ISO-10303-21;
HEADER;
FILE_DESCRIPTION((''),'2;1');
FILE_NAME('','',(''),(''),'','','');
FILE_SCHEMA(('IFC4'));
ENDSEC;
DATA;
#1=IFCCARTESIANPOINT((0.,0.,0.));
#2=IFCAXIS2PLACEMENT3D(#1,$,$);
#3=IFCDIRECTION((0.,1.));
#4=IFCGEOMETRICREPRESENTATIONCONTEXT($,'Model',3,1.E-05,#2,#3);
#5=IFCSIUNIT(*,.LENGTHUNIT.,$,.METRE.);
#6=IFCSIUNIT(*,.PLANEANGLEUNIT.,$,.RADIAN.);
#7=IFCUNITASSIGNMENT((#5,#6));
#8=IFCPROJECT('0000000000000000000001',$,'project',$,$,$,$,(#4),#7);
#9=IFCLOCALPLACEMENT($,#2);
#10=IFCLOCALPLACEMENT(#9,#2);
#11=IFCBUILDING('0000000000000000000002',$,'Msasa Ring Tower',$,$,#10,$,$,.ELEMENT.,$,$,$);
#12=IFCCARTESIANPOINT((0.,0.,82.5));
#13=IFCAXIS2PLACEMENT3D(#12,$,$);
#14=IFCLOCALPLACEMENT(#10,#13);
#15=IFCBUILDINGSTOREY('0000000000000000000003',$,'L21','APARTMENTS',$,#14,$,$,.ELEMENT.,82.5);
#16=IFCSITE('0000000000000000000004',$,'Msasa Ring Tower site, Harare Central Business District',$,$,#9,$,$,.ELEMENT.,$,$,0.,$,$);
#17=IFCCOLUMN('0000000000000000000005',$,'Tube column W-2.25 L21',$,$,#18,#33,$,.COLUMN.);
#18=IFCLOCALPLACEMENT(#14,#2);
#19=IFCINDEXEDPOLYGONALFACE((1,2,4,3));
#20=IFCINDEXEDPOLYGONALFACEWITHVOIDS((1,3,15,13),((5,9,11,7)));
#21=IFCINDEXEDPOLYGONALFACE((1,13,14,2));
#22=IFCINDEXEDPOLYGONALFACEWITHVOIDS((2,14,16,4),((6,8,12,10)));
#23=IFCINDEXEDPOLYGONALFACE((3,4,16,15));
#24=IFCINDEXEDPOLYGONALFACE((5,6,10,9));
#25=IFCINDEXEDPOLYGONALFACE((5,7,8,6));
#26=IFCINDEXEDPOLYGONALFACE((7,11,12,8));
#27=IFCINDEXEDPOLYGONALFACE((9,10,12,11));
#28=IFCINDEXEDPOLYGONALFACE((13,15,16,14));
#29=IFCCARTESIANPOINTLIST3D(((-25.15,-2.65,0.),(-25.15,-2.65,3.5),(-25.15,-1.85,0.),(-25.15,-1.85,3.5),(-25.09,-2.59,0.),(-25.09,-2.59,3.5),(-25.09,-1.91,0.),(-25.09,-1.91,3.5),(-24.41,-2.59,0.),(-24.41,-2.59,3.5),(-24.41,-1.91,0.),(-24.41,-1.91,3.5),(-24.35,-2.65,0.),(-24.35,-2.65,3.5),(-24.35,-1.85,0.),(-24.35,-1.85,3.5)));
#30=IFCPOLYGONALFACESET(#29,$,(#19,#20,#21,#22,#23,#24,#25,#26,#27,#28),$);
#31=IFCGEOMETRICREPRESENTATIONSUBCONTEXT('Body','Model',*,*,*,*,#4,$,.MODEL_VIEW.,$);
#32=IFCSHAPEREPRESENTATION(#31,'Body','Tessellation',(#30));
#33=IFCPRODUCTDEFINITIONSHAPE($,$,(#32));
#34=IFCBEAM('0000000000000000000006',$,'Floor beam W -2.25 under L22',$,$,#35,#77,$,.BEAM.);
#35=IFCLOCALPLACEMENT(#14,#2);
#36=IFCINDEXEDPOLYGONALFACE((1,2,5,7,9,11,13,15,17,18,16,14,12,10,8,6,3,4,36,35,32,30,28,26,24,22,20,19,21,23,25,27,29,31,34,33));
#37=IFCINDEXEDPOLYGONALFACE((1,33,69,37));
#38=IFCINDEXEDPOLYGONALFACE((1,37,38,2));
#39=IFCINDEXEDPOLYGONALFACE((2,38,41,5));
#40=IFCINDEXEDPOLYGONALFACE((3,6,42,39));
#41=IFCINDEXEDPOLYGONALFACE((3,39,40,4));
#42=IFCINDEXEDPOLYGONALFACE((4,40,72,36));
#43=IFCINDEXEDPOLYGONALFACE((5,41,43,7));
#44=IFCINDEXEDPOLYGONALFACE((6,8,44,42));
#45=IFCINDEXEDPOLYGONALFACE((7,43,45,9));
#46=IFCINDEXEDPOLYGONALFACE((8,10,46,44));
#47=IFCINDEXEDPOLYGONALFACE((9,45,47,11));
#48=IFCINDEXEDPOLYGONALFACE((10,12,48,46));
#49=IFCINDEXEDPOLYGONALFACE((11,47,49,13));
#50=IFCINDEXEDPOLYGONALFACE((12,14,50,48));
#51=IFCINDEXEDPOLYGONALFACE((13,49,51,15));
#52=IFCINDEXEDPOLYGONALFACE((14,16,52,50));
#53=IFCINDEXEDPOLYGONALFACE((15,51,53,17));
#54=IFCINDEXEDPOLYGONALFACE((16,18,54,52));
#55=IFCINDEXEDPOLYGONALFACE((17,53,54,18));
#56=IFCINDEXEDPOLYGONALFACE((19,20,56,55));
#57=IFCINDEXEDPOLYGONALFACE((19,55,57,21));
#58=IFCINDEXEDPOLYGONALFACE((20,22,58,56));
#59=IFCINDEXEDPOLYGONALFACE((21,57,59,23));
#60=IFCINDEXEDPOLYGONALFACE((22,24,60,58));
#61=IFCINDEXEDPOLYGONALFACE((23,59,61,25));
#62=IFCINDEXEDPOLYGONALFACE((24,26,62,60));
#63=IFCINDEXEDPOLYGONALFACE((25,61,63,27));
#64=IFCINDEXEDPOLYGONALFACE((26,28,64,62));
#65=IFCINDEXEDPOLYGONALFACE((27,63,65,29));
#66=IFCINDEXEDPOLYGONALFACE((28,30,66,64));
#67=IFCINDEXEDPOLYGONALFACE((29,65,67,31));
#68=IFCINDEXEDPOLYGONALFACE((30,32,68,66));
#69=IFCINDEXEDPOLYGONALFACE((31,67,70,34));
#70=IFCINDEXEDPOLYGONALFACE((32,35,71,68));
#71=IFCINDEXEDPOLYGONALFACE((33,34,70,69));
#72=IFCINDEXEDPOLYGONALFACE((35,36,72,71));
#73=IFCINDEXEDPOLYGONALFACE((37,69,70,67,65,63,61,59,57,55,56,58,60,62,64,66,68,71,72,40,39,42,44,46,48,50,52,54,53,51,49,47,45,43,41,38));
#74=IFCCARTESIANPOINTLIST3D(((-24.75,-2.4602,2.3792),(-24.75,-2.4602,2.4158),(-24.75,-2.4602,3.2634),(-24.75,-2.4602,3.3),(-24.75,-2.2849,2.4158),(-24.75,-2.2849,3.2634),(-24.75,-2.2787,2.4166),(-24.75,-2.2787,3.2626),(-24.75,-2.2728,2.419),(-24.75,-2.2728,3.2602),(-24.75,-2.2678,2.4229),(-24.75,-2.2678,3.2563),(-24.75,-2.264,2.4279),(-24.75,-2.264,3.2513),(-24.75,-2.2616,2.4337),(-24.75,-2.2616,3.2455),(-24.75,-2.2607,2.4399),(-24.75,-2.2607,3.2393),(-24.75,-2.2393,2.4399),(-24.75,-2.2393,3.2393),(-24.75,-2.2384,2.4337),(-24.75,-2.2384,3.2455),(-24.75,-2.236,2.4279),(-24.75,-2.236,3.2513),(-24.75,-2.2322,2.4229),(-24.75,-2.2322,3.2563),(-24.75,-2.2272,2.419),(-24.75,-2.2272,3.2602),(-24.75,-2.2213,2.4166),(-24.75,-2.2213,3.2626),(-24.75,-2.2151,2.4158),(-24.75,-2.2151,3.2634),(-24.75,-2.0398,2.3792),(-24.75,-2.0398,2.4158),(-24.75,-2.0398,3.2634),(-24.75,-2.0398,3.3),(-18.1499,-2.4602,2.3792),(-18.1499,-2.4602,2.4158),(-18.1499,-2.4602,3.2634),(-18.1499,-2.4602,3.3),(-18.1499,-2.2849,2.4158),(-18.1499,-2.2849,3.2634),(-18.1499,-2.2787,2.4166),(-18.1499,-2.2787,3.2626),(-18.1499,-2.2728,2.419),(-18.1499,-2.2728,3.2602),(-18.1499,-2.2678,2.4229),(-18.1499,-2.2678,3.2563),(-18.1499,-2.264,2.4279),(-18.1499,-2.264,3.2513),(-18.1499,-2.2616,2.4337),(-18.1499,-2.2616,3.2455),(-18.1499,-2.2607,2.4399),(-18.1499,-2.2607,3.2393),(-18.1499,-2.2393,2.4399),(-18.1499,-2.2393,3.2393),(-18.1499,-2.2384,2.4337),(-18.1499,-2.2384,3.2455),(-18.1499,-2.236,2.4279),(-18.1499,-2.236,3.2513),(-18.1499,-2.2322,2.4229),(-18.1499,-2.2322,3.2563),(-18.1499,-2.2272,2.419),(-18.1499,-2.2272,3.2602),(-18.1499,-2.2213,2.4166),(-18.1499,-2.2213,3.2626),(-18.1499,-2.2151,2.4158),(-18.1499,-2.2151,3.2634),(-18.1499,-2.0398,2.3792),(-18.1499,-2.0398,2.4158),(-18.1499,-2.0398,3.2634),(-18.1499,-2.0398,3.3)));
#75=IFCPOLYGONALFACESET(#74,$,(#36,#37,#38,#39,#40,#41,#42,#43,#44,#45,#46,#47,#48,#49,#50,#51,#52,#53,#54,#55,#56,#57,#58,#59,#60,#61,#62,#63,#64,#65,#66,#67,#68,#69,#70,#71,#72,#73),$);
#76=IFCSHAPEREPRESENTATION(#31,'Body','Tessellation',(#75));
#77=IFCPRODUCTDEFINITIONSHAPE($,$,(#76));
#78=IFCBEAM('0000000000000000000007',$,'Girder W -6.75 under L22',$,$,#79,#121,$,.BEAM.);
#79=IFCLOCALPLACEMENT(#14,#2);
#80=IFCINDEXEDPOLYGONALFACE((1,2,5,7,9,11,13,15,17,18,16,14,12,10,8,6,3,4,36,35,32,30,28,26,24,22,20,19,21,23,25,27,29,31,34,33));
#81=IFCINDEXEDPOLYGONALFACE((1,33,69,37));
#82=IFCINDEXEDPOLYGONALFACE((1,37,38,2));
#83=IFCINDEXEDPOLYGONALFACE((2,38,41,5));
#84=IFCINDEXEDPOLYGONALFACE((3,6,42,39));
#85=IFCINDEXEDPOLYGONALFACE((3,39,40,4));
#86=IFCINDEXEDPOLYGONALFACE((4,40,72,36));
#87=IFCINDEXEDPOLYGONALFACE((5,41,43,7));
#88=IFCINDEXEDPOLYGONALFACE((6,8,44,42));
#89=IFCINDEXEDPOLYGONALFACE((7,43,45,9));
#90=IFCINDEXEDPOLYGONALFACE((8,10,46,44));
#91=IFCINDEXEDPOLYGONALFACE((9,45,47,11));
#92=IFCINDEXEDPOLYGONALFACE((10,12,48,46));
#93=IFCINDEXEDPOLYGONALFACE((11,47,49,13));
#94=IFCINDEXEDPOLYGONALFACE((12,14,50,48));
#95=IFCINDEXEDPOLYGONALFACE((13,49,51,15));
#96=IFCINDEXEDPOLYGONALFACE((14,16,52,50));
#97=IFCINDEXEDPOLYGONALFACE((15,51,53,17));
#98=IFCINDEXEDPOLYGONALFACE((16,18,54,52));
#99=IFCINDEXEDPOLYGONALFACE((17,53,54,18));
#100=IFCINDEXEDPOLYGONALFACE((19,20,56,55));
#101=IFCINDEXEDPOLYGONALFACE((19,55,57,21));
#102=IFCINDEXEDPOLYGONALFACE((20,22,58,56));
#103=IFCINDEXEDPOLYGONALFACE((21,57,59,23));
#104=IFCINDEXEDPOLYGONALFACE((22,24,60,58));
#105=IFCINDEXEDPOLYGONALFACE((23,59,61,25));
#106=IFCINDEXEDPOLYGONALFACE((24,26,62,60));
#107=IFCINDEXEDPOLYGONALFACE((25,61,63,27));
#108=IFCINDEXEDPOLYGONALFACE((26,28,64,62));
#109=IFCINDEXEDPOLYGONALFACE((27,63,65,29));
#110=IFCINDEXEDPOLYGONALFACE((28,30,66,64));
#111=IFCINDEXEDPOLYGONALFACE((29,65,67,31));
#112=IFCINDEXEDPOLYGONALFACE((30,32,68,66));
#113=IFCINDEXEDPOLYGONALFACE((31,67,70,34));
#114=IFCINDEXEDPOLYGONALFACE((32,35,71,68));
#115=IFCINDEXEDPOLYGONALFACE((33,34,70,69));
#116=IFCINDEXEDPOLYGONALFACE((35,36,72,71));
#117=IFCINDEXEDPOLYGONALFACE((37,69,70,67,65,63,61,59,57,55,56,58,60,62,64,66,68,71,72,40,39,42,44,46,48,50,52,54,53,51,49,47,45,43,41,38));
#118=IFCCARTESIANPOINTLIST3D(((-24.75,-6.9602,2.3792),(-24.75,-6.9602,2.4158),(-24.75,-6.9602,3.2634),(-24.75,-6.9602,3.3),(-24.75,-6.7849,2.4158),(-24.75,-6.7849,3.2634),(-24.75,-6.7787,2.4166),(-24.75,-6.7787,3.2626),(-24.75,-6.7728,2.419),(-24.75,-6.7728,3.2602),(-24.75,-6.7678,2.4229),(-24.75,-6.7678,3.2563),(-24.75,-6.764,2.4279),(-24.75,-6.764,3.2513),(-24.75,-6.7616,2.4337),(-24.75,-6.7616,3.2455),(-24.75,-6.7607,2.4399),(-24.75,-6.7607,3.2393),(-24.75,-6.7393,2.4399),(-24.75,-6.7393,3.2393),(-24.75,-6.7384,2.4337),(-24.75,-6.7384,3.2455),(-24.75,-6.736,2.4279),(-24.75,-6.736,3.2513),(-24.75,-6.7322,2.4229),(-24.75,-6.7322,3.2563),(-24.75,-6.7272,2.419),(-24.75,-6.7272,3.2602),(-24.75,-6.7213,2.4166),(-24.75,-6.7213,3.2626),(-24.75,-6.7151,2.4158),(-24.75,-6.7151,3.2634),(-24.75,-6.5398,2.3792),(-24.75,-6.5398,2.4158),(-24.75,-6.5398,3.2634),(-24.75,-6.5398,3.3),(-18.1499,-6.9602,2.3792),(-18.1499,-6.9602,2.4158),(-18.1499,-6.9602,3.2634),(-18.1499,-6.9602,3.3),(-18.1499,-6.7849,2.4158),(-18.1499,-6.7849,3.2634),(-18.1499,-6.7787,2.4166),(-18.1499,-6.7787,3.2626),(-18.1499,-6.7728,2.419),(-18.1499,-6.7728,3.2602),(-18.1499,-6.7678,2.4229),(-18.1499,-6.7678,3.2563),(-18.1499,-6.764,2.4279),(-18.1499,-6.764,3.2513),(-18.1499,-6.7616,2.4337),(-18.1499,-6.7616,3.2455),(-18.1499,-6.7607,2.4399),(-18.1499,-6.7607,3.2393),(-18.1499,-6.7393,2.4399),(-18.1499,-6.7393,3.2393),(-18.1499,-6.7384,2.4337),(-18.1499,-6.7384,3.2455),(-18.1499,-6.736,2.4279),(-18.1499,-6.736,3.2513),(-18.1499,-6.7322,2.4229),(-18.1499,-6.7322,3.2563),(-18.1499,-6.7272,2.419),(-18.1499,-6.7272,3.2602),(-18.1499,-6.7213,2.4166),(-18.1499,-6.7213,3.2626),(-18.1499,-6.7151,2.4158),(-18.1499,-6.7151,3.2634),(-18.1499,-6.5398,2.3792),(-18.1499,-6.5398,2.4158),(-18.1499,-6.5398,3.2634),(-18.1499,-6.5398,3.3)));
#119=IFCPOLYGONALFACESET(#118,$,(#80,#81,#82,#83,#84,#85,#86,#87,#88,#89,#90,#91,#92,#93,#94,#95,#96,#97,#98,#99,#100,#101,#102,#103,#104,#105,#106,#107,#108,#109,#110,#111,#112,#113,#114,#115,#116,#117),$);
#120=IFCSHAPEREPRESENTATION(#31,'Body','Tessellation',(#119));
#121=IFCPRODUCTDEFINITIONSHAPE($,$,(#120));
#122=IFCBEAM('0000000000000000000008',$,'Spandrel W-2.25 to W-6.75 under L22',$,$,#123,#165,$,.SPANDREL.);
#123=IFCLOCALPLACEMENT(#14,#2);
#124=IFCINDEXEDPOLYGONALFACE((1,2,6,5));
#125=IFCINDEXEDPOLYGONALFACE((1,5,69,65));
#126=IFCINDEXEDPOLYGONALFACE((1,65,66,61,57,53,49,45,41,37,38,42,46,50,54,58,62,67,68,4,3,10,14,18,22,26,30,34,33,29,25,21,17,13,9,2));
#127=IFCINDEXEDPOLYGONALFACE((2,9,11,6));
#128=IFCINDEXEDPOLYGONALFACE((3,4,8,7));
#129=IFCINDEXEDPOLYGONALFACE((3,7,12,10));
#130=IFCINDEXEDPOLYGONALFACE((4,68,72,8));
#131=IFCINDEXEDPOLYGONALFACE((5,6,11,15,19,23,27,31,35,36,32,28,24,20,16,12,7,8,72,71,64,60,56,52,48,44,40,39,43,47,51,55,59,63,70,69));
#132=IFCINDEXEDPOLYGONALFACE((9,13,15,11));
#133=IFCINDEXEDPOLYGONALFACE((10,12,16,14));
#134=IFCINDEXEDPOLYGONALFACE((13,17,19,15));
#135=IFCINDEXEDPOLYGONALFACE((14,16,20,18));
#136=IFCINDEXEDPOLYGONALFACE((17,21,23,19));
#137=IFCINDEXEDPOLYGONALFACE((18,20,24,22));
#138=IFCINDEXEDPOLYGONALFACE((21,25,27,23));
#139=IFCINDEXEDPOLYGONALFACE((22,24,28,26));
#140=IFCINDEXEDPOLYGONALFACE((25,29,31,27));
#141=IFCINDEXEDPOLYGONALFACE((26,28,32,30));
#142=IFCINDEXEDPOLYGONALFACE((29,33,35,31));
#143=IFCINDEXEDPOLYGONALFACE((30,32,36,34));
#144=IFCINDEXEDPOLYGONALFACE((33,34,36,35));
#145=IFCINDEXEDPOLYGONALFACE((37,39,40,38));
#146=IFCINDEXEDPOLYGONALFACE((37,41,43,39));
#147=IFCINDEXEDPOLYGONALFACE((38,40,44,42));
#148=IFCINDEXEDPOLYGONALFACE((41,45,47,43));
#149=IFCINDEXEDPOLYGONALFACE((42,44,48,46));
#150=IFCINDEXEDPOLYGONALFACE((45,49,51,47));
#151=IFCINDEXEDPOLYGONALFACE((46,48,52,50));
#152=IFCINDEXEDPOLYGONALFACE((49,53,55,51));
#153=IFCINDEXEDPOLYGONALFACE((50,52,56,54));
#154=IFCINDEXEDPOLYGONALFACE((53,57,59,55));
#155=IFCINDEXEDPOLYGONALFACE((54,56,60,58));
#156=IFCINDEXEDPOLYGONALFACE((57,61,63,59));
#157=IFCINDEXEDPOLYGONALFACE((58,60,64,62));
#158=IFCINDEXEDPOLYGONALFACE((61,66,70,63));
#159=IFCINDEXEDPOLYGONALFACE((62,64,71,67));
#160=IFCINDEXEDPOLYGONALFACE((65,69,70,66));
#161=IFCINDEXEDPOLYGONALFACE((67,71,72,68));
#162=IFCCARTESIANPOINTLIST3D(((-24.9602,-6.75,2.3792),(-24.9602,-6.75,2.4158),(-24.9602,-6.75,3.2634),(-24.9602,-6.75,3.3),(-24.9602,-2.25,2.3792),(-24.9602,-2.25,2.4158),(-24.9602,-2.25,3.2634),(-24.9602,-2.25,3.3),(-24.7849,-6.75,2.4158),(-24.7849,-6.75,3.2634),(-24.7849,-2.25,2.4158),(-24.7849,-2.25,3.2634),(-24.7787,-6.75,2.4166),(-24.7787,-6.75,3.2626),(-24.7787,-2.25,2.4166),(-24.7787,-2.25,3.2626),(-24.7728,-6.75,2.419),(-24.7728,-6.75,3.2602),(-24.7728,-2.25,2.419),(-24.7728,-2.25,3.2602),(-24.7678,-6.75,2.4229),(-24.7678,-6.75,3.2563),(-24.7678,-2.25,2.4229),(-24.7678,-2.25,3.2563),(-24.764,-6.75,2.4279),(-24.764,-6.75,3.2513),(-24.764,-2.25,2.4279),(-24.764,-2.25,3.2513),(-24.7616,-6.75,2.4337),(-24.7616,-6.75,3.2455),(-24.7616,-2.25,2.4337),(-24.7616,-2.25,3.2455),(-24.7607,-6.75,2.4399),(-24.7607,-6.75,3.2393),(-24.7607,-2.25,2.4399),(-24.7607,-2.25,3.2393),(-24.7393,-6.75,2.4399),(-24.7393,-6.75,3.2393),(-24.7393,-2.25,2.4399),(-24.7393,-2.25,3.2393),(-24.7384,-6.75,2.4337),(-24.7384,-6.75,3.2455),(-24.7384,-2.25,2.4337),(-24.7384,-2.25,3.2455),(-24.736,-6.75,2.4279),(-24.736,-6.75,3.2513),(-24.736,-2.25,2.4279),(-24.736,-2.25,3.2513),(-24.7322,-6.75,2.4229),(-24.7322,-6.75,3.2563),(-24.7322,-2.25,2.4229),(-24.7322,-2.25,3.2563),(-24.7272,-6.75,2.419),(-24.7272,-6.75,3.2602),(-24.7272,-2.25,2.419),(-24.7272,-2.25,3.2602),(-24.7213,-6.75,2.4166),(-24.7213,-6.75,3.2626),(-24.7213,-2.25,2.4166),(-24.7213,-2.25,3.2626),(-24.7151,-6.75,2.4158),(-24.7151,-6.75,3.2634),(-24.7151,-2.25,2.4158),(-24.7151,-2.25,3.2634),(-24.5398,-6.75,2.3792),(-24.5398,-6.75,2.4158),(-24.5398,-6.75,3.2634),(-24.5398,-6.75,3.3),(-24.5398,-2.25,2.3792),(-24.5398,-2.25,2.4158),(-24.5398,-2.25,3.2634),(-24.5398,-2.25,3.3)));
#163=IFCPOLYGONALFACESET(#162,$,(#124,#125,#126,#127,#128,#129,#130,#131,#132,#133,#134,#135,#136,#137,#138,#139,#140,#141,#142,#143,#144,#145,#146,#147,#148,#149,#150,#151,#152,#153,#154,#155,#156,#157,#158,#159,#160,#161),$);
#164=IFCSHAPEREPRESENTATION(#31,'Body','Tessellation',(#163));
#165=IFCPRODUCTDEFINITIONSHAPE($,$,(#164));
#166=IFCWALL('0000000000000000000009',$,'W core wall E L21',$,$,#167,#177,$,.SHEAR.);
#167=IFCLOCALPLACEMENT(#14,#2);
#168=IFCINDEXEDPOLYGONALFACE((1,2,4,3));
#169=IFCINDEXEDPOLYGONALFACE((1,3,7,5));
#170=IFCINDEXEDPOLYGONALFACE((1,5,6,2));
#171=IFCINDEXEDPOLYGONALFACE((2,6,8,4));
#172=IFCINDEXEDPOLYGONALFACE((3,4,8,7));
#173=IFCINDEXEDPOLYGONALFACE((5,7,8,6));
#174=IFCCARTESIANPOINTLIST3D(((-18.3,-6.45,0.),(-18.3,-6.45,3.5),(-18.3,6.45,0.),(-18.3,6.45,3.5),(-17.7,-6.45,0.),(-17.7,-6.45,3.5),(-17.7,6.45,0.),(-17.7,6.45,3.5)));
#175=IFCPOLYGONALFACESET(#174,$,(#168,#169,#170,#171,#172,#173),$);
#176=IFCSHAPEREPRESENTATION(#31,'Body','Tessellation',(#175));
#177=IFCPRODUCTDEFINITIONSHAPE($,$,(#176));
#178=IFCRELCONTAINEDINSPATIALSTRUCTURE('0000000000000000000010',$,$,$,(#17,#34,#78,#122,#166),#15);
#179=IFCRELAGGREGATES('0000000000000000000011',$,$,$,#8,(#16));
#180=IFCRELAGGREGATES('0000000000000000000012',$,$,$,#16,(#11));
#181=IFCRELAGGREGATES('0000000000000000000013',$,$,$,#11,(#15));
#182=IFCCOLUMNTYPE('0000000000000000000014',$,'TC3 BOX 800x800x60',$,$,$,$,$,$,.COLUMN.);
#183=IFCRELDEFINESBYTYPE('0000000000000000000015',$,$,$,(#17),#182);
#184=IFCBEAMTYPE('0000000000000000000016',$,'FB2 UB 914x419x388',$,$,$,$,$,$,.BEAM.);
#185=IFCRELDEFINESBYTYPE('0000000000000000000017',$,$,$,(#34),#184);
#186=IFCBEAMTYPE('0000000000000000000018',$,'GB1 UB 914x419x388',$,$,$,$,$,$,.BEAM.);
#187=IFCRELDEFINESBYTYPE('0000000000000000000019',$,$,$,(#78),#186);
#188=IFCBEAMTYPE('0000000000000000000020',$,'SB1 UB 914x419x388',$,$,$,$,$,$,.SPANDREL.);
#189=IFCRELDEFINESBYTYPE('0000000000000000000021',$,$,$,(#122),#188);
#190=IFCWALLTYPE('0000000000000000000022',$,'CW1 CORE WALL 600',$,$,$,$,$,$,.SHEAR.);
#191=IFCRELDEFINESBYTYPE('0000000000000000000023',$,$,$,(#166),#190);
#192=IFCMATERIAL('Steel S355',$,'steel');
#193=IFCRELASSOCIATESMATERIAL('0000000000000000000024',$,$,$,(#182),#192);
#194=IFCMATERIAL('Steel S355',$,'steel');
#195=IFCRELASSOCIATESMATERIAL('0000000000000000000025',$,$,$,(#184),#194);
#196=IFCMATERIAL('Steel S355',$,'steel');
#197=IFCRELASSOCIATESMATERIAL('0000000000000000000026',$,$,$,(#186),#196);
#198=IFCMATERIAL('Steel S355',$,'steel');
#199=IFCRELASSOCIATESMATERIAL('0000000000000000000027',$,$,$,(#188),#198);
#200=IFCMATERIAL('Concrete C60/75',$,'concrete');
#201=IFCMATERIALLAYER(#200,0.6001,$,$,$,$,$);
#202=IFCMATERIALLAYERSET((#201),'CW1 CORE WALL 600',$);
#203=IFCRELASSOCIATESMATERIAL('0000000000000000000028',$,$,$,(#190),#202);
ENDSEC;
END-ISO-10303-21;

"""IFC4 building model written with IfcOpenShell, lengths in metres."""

from ifc_helpers import new_model, si_unit, direction, frame, frame_2d, origin, origin_2d, place, context, subcontext, project, spatial, rectangle, hollow_rectangle, i_section, extrude, material, layer, layer_set, material_profile, profile_set, type_object, element, save


model = new_model("IFC4")

# Units and contexts
model_context = context("Model", 3, precision=1e-05, world=origin(), true_north=direction((0.0, 1.0)))
body_context = subcontext(model_context, "Body", "Model", "MODEL_VIEW")
ifc_project = project(units=[si_unit("LENGTHUNIT", "METRE"), si_unit("PLANEANGLEUNIT", "RADIAN")], contexts=[model_context])

# Site, building, storey
site_placement = place(None, origin())
site = spatial("IfcSite", under=ifc_project, at=site_placement, Name="Msasa Ring Tower site, Harare Central Business District", CompositionType="ELEMENT", RefElevation=0.0)
building_placement = place(site_placement, origin())
building = spatial("IfcBuilding", under=site, at=building_placement, Name="Msasa Ring Tower", CompositionType="ELEMENT")
storey_placement = place(building_placement, frame((0.0, 0.0, 82.5)))
storey = spatial("IfcBuildingStorey", under=building, at=storey_placement, Name="L21", Description="APARTMENTS", CompositionType="ELEMENT", Elevation=82.5)

# Column
ifc_material_1 = material(Name="Steel S355", Category="steel")
ifc_material_profile_1 = material_profile(ifc_material_1, hollow_rectangle(XDim=0.8, YDim=0.8, WallThickness=0.0601, at=origin_2d()), Name="BOX 800x800x60")
ifc_profile_set_1 = profile_set([ifc_material_profile_1], Name="Steel S355")
column_type = type_object("IfcColumnType", Name="TC3 BOX 800x800x60", PredefinedType="COLUMN", material=ifc_profile_set_1)
column_placement = place(storey_placement, frame((-24.75, -2.25, 0.0), z_axis=(0.0, 0.0, 1.0), x_axis=(1.0, 0.0, 0.0)))
element("IfcColumn", 1, at=column_placement, inside=storey, type_object=column_type, Name="Tube column W-2.25 L21", PredefinedType="COLUMN", context=body_context, shape_type="SweptSolid", body=[
    extrude(hollow_rectangle(XDim=0.8, YDim=0.8, WallThickness=0.0601, at=origin_2d()), origin(), (0.0, 0.0, 1.0), 3.5),
])

# Beams
ifc_material_2 = material(Name="Steel S355", Category="steel")
ifc_material_profile_2 = material_profile(ifc_material_2, i_section(OverallWidth=0.4204, OverallDepth=0.9209, WebThickness=0.0215, FlangeThickness=0.0366, FilletRadius=0.0242, at=origin_2d()), Name="UB 914x419x388")
ifc_profile_set_2 = profile_set([ifc_material_profile_2], Name="Steel S355")
beam_type_1 = type_object("IfcBeamType", Name="FB2 UB 914x419x388", PredefinedType="BEAM", material=ifc_profile_set_2)
beam_1_placement = place(storey_placement, frame((-24.75, -2.25, 2.8396), z_axis=(1.0, 0.0, 0.0), x_axis=(0.0, 1.0, 0.0)))
element("IfcBeam", 2, at=beam_1_placement, inside=storey, type_object=beam_type_1, Name="Floor beam W -2.25 under L22", PredefinedType="BEAM", context=body_context, shape_type="SweptSolid", body=[
    extrude(i_section(OverallWidth=0.4204, OverallDepth=0.9209, WebThickness=0.0215, FlangeThickness=0.0366, FilletRadius=0.0242, at=origin_2d()), origin(), (0.0, 0.0, 1.0), 6.6001),
])
ifc_material_3 = material(Name="Steel S355", Category="steel")
ifc_material_profile_3 = material_profile(ifc_material_3, i_section(OverallWidth=0.4204, OverallDepth=0.9209, WebThickness=0.0215, FlangeThickness=0.0366, FilletRadius=0.0242, at=origin_2d()), Name="UB 914x419x388")
ifc_profile_set_3 = profile_set([ifc_material_profile_3], Name="Steel S355")
beam_type_2 = type_object("IfcBeamType", Name="GB1 UB 914x419x388", PredefinedType="BEAM", material=ifc_profile_set_3)
beam_2_placement = place(storey_placement, frame((-18.1499, -6.75, 2.8396), z_axis=(-1.0, 0.0, 0.0), x_axis=(0.0, -1.0, 0.0)))
element("IfcBeam", 3, at=beam_2_placement, inside=storey, type_object=beam_type_2, Name="Girder W -6.75 under L22", PredefinedType="BEAM", context=body_context, shape_type="SweptSolid", body=[
    extrude(i_section(OverallWidth=0.4204, OverallDepth=0.9209, WebThickness=0.0215, FlangeThickness=0.0366, FilletRadius=0.0242, at=origin_2d()), origin(), (0.0, 0.0, 1.0), 6.6001),
])
ifc_material_4 = material(Name="Steel S355", Category="steel")
ifc_material_profile_4 = material_profile(ifc_material_4, i_section(OverallWidth=0.4204, OverallDepth=0.9209, WebThickness=0.0215, FlangeThickness=0.0366, FilletRadius=0.0242, at=origin_2d()), Name="UB 914x419x388")
ifc_profile_set_4 = profile_set([ifc_material_profile_4], Name="Steel S355")
beam_type_3 = type_object("IfcBeamType", Name="SB1 UB 914x419x388", PredefinedType="SPANDREL", material=ifc_profile_set_4)
beam_3_placement = place(storey_placement, frame((-24.75, -2.25, 2.8396), z_axis=(0.0, -1.0, 0.0), x_axis=(1.0, 0.0, 0.0)))
element("IfcBeam", 4, at=beam_3_placement, inside=storey, type_object=beam_type_3, Name="Spandrel W-2.25 to W-6.75 under L22", PredefinedType="SPANDREL", context=body_context, shape_type="SweptSolid", body=[
    extrude(i_section(OverallWidth=0.4204, OverallDepth=0.9209, WebThickness=0.0215, FlangeThickness=0.0366, FilletRadius=0.0242, at=origin_2d()), origin(), (0.0, 0.0, 1.0), 4.5),
])

# Wall
ifc_material_5 = material(Name="Concrete C60/75", Category="concrete")
ifc_layer_1 = layer(ifc_material_5, 0.6001)
ifc_layer_set_1 = layer_set([ifc_layer_1], Name="CW1 CORE WALL 600")
wall_type_1 = type_object("IfcWallType", Name="CW1 CORE WALL 600", PredefinedType="SHEAR", material=ifc_layer_set_1)
wall_1_placement = place(storey_placement, frame((-18.0, -6.45, 0.0), z_axis=(0.0, 0.0, 1.0), x_axis=(0.0, 1.0, 0.0)))
element("IfcWall", 5, at=wall_1_placement, inside=storey, type_object=wall_type_1, Name="W core wall E L21", PredefinedType="SHEAR", context=body_context, shape_type="SweptSolid", body=[
    extrude(rectangle(XDim=12.8999, YDim=0.6001, at=frame_2d((6.45, 0.0))), origin(), (0.0, 0.0, 1.0), 3.5),
])

save(model, "model.ifc")
